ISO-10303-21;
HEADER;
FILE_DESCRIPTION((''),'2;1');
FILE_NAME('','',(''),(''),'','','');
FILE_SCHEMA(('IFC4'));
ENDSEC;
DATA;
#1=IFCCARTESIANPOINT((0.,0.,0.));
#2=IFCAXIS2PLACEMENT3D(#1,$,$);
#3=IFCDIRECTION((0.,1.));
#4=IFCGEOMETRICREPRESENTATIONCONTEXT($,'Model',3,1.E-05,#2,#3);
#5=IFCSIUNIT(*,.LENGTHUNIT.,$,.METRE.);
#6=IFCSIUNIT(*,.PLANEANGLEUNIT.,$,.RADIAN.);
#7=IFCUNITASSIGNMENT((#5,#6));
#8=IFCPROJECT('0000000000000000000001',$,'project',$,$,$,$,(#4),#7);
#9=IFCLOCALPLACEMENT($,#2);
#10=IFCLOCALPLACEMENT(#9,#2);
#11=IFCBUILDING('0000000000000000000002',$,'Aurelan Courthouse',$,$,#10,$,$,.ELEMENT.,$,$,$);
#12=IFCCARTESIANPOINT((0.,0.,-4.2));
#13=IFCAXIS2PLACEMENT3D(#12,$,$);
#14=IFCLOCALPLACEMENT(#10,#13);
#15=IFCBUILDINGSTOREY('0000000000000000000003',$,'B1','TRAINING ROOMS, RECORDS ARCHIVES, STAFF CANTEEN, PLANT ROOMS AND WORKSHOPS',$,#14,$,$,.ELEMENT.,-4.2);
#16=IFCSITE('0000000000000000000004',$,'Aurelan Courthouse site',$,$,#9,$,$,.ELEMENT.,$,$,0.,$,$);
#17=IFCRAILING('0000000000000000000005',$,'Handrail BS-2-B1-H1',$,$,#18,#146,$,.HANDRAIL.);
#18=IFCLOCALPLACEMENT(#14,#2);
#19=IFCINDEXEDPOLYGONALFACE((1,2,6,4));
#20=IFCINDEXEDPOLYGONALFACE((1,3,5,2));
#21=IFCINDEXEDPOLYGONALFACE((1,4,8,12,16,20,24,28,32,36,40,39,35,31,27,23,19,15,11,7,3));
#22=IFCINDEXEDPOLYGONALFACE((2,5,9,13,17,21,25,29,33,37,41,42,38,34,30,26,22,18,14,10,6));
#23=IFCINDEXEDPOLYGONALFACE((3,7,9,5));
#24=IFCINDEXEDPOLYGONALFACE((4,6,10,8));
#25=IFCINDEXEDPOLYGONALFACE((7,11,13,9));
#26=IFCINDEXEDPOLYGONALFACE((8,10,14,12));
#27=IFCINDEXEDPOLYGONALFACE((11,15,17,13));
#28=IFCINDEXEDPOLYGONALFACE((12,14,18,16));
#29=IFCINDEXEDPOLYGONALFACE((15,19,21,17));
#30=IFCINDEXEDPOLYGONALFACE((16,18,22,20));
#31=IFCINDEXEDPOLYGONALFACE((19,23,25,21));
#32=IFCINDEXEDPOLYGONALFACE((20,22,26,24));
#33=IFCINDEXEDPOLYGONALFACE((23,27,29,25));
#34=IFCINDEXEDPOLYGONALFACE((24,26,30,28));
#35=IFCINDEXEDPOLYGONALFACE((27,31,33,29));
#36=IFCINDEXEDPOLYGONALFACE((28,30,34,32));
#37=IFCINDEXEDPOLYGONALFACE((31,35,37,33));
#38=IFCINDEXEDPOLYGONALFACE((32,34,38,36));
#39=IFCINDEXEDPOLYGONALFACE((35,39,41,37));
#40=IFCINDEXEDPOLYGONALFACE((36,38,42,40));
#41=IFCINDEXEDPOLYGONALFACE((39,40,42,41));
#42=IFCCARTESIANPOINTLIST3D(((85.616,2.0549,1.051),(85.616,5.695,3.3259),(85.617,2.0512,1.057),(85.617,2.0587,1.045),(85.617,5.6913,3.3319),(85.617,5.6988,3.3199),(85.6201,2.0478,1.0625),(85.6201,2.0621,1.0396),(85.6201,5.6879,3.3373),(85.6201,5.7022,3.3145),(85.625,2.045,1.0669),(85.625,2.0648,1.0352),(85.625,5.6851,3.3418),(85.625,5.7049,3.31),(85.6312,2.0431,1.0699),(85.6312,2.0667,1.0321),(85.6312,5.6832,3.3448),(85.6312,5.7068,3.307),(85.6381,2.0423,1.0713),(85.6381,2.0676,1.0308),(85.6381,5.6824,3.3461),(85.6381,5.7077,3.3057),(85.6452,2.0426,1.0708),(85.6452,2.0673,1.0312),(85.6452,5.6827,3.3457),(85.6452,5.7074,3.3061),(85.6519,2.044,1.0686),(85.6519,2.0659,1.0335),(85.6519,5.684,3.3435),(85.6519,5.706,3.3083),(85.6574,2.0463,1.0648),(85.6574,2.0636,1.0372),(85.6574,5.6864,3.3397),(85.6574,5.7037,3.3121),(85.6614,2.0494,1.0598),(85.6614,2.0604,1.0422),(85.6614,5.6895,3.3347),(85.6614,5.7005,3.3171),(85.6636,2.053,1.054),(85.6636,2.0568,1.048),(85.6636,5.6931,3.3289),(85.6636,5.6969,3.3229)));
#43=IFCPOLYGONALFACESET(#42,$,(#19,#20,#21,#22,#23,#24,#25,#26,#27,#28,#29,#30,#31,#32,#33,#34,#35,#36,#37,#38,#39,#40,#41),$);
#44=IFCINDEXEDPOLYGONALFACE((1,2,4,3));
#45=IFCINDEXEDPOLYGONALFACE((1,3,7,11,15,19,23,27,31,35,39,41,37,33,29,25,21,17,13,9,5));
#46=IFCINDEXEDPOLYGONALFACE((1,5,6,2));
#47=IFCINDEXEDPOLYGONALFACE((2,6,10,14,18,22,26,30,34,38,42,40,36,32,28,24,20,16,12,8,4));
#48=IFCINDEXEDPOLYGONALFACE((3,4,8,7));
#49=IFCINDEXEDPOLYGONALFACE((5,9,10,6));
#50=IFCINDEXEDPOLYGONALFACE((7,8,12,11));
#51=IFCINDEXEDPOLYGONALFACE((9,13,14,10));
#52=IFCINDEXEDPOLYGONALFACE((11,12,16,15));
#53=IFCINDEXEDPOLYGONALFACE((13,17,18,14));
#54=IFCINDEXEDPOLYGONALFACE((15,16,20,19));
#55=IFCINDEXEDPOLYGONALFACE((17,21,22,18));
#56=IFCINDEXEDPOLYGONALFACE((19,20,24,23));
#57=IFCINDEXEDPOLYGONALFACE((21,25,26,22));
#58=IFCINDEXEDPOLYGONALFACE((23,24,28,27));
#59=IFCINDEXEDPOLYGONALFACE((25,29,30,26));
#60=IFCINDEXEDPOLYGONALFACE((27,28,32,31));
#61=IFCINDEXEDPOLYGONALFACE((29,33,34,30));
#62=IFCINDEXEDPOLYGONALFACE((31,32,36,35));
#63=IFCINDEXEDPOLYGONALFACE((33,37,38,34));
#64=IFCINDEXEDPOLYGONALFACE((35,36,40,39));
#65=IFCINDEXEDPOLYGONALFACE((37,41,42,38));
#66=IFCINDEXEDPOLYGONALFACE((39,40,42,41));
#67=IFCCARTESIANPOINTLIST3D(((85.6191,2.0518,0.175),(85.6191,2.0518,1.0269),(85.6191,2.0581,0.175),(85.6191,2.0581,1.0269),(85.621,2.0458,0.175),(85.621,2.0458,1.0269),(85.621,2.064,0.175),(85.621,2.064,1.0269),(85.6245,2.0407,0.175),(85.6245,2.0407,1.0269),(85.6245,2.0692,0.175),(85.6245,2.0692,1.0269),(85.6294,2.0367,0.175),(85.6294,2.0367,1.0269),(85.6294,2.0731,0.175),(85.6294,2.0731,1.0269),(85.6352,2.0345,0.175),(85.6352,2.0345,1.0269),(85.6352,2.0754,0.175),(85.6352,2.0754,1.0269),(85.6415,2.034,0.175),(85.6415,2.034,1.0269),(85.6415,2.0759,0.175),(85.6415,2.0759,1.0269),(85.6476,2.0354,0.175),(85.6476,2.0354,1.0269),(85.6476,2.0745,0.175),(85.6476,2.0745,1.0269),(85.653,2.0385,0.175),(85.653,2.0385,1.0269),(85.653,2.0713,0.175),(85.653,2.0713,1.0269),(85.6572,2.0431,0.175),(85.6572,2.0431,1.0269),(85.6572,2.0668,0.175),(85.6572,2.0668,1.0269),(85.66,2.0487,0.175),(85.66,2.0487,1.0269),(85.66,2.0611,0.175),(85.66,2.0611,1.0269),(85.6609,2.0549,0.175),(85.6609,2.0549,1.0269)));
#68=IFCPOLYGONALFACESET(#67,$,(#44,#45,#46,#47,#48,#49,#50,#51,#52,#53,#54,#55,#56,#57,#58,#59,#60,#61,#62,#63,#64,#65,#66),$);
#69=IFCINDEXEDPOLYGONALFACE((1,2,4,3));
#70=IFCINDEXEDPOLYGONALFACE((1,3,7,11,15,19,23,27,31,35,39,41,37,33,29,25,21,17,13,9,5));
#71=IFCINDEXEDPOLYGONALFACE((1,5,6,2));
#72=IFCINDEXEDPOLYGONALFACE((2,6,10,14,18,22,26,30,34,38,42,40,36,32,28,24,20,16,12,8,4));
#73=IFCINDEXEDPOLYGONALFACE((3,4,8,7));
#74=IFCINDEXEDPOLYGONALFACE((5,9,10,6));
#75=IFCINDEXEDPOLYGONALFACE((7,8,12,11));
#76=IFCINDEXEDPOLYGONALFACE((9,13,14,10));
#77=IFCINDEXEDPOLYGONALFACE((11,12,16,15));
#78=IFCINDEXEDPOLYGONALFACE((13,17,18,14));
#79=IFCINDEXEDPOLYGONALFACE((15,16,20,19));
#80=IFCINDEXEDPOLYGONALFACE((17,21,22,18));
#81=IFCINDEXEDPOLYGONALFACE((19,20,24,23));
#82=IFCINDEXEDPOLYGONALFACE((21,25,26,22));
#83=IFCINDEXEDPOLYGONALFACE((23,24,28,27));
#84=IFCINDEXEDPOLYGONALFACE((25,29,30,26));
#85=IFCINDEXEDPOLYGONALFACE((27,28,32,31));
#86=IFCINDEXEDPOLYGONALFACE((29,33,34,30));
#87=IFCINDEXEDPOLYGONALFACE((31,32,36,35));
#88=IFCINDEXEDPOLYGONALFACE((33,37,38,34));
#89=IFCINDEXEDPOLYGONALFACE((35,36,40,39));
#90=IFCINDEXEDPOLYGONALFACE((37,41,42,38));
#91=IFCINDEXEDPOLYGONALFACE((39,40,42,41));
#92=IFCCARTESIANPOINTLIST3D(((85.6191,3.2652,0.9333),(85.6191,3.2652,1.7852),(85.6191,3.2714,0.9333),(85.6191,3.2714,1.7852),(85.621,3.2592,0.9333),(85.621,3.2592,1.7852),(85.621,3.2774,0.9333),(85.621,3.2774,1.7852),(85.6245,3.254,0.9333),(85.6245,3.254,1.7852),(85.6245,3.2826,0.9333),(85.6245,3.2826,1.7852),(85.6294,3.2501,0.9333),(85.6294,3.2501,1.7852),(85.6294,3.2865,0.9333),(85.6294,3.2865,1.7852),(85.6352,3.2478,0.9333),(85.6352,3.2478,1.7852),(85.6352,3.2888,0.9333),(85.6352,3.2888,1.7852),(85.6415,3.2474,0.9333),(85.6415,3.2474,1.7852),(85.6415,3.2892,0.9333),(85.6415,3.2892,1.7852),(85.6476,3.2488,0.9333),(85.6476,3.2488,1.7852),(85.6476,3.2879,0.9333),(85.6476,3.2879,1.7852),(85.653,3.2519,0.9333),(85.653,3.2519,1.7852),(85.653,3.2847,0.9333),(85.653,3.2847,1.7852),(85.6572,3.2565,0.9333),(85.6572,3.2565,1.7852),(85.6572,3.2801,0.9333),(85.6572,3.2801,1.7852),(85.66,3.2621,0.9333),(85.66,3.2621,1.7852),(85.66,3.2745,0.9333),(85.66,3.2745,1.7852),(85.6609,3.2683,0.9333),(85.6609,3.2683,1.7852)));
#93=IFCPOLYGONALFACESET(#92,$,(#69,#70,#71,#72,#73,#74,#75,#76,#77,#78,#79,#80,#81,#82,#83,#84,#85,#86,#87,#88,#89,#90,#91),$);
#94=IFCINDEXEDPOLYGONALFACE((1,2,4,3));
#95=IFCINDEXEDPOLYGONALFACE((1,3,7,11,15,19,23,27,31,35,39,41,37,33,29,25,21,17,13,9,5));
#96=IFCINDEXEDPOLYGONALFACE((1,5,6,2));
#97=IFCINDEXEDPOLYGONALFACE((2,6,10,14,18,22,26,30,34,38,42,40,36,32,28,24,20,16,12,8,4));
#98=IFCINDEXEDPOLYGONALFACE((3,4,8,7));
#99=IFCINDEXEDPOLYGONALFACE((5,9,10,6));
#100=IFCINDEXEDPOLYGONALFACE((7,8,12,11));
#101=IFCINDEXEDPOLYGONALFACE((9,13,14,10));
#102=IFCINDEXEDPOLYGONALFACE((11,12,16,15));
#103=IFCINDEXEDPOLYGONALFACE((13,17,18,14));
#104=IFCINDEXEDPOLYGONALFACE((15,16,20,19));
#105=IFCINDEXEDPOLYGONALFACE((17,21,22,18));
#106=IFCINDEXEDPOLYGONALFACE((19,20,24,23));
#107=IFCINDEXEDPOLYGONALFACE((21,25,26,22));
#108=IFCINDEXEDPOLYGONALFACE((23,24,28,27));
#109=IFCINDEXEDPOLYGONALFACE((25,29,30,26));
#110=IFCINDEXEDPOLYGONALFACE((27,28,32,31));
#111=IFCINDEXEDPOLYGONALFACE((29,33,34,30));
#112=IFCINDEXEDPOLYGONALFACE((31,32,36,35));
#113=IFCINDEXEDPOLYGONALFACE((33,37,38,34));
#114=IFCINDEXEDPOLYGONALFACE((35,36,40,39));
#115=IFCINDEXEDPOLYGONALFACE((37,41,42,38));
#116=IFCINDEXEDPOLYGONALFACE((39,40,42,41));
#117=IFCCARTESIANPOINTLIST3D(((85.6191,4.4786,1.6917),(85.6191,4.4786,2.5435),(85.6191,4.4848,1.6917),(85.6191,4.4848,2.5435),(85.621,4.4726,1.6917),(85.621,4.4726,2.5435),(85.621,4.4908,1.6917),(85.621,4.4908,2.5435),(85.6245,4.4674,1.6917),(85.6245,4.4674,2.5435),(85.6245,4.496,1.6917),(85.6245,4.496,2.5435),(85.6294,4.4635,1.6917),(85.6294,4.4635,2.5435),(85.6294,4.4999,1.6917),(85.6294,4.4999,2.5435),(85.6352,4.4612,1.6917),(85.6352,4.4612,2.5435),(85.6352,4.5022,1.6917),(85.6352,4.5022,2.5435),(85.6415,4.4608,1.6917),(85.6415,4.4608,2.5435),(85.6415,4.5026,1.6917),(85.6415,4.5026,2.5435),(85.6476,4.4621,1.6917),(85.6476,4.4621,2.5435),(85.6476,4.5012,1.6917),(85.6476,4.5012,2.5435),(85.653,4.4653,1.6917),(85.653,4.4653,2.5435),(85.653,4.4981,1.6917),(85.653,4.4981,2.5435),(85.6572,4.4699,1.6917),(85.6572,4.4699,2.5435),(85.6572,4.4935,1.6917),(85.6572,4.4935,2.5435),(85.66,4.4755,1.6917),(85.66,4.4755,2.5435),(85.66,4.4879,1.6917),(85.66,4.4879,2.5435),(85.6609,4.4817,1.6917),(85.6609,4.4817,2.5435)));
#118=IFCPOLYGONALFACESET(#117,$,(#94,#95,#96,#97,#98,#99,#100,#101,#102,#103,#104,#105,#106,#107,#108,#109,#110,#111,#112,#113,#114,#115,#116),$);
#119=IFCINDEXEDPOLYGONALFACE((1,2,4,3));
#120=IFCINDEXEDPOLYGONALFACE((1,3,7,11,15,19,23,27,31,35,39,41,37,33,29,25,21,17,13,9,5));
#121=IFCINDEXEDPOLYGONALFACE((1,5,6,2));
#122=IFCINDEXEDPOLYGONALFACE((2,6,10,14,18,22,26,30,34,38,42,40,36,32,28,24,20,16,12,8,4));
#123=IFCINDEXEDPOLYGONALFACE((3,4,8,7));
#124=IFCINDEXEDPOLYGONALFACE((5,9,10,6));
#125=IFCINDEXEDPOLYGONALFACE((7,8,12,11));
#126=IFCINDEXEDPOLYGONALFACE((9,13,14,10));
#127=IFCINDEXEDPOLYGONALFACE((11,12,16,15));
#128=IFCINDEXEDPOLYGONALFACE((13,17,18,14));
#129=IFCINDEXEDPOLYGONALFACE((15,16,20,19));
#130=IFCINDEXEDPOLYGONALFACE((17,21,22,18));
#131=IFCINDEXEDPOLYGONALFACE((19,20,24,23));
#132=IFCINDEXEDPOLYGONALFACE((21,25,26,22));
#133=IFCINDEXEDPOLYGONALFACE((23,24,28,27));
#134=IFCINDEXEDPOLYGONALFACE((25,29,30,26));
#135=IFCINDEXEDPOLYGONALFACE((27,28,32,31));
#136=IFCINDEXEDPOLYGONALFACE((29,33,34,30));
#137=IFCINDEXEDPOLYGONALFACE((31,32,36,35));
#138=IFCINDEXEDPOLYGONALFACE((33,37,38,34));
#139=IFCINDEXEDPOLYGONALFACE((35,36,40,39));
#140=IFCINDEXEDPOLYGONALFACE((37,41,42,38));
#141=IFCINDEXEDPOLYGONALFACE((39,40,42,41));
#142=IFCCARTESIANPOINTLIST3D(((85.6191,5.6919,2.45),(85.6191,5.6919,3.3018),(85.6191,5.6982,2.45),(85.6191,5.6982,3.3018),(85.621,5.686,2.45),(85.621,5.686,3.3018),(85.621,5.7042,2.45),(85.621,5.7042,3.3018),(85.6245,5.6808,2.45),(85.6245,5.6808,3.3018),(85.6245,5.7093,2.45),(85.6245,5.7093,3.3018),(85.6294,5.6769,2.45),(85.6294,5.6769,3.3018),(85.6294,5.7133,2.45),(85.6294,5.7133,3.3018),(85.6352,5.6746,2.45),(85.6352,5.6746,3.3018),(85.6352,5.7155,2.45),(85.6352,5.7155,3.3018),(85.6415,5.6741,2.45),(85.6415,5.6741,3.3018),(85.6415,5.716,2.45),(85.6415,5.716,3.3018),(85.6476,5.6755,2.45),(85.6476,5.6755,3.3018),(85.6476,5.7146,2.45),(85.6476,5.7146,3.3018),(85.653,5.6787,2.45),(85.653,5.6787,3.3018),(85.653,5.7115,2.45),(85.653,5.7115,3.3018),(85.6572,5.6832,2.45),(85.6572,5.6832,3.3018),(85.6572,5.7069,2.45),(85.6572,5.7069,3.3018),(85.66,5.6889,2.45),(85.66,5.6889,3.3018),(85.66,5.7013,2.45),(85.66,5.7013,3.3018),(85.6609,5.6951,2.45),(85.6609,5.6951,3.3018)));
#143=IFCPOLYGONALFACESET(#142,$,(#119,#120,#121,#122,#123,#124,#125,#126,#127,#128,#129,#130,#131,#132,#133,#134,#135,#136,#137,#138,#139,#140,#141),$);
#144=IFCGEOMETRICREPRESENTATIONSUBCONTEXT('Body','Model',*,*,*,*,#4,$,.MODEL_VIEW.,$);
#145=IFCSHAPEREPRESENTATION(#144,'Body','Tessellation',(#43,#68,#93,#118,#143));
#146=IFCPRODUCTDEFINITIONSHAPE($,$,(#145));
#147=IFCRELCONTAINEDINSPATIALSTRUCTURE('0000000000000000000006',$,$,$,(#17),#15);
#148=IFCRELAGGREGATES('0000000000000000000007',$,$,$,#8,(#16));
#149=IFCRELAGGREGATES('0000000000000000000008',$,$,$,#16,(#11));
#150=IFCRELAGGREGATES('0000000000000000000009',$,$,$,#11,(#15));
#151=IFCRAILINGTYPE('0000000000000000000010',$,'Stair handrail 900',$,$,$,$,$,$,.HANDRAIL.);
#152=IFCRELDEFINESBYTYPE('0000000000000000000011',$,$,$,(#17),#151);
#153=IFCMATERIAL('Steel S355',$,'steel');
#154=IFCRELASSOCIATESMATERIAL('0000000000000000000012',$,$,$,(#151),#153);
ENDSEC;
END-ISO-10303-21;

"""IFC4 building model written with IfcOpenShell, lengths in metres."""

from ifc_helpers import new_model, si_unit, direction, frame, origin, origin_2d, place, context, subcontext, project, spatial, circle, extrude, material, type_object, element, save


model = new_model("IFC4")

# Units and contexts
model_context = context("Model", 3, precision=1e-05, world=origin(), true_north=direction((0.0, 1.0)))
body_context = subcontext(model_context, "Body", "Model", "MODEL_VIEW")
ifc_project = project(units=[si_unit("LENGTHUNIT", "METRE"), si_unit("PLANEANGLEUNIT", "RADIAN")], contexts=[model_context])

# Site, building, storey
site_placement = place(None, origin())
site = spatial("IfcSite", under=ifc_project, at=site_placement, Name="Aurelan Courthouse site", CompositionType="ELEMENT", RefElevation=0.0)
building_placement = place(site_placement, origin())
building = spatial("IfcBuilding", under=site, at=building_placement, Name="Aurelan Courthouse", CompositionType="ELEMENT")
storey_placement = place(building_placement, frame((0.0, 0.0, -4.2)))
storey = spatial("IfcBuildingStorey", under=building, at=storey_placement, Name="B1", Description="TRAINING ROOMS, RECORDS ARCHIVES, STAFF CANTEEN, PLANT ROOMS AND WORKSHOPS", CompositionType="ELEMENT", Elevation=-4.2)

# Railing
ifc_material_1 = material(Name="Steel S355", Category="steel")
railing_type_1 = type_object("IfcRailingType", Name="Stair handrail 900", PredefinedType="HANDRAIL", material=ifc_material_1)
for number, where, name in (
    (1, (85.6399, 2.0549, 0.175), "Handrail BS-2-B1-H1"),
):
    element("IfcRailing", number, at=place(storey_placement, frame(where)), inside=storey, type_object=railing_type_1, Name=name, PredefinedType="HANDRAIL", context=body_context, shape_type="SweptSolid", body=[
        extrude(circle(Radius=0.0239, at=origin_2d()), frame((0.0, 0.0, 0.876), z_axis=(0.0, 0.848017, 0.529968), x_axis=(-1.0, 0.0, 0.0)), (0.0, 0.0, 1.0), 4.2925),
        extrude(circle(Radius=0.021, at=origin_2d()), origin(), (0.0, 0.0, 1.0), 0.8518),
        extrude(circle(Radius=0.021, at=origin_2d()), frame((0.0, 1.2134, 0.7583)), (0.0, 0.0, 1.0), 0.8518),
        extrude(circle(Radius=0.021, at=origin_2d()), frame((0.0, 2.4268, 1.5166)), (0.0, 0.0, 1.0), 0.8518),
        extrude(circle(Radius=0.021, at=origin_2d()), frame((0.0, 3.6401, 2.2749)), (0.0, 0.0, 1.0), 0.8518),
    ])

save(model, "model.ifc")
